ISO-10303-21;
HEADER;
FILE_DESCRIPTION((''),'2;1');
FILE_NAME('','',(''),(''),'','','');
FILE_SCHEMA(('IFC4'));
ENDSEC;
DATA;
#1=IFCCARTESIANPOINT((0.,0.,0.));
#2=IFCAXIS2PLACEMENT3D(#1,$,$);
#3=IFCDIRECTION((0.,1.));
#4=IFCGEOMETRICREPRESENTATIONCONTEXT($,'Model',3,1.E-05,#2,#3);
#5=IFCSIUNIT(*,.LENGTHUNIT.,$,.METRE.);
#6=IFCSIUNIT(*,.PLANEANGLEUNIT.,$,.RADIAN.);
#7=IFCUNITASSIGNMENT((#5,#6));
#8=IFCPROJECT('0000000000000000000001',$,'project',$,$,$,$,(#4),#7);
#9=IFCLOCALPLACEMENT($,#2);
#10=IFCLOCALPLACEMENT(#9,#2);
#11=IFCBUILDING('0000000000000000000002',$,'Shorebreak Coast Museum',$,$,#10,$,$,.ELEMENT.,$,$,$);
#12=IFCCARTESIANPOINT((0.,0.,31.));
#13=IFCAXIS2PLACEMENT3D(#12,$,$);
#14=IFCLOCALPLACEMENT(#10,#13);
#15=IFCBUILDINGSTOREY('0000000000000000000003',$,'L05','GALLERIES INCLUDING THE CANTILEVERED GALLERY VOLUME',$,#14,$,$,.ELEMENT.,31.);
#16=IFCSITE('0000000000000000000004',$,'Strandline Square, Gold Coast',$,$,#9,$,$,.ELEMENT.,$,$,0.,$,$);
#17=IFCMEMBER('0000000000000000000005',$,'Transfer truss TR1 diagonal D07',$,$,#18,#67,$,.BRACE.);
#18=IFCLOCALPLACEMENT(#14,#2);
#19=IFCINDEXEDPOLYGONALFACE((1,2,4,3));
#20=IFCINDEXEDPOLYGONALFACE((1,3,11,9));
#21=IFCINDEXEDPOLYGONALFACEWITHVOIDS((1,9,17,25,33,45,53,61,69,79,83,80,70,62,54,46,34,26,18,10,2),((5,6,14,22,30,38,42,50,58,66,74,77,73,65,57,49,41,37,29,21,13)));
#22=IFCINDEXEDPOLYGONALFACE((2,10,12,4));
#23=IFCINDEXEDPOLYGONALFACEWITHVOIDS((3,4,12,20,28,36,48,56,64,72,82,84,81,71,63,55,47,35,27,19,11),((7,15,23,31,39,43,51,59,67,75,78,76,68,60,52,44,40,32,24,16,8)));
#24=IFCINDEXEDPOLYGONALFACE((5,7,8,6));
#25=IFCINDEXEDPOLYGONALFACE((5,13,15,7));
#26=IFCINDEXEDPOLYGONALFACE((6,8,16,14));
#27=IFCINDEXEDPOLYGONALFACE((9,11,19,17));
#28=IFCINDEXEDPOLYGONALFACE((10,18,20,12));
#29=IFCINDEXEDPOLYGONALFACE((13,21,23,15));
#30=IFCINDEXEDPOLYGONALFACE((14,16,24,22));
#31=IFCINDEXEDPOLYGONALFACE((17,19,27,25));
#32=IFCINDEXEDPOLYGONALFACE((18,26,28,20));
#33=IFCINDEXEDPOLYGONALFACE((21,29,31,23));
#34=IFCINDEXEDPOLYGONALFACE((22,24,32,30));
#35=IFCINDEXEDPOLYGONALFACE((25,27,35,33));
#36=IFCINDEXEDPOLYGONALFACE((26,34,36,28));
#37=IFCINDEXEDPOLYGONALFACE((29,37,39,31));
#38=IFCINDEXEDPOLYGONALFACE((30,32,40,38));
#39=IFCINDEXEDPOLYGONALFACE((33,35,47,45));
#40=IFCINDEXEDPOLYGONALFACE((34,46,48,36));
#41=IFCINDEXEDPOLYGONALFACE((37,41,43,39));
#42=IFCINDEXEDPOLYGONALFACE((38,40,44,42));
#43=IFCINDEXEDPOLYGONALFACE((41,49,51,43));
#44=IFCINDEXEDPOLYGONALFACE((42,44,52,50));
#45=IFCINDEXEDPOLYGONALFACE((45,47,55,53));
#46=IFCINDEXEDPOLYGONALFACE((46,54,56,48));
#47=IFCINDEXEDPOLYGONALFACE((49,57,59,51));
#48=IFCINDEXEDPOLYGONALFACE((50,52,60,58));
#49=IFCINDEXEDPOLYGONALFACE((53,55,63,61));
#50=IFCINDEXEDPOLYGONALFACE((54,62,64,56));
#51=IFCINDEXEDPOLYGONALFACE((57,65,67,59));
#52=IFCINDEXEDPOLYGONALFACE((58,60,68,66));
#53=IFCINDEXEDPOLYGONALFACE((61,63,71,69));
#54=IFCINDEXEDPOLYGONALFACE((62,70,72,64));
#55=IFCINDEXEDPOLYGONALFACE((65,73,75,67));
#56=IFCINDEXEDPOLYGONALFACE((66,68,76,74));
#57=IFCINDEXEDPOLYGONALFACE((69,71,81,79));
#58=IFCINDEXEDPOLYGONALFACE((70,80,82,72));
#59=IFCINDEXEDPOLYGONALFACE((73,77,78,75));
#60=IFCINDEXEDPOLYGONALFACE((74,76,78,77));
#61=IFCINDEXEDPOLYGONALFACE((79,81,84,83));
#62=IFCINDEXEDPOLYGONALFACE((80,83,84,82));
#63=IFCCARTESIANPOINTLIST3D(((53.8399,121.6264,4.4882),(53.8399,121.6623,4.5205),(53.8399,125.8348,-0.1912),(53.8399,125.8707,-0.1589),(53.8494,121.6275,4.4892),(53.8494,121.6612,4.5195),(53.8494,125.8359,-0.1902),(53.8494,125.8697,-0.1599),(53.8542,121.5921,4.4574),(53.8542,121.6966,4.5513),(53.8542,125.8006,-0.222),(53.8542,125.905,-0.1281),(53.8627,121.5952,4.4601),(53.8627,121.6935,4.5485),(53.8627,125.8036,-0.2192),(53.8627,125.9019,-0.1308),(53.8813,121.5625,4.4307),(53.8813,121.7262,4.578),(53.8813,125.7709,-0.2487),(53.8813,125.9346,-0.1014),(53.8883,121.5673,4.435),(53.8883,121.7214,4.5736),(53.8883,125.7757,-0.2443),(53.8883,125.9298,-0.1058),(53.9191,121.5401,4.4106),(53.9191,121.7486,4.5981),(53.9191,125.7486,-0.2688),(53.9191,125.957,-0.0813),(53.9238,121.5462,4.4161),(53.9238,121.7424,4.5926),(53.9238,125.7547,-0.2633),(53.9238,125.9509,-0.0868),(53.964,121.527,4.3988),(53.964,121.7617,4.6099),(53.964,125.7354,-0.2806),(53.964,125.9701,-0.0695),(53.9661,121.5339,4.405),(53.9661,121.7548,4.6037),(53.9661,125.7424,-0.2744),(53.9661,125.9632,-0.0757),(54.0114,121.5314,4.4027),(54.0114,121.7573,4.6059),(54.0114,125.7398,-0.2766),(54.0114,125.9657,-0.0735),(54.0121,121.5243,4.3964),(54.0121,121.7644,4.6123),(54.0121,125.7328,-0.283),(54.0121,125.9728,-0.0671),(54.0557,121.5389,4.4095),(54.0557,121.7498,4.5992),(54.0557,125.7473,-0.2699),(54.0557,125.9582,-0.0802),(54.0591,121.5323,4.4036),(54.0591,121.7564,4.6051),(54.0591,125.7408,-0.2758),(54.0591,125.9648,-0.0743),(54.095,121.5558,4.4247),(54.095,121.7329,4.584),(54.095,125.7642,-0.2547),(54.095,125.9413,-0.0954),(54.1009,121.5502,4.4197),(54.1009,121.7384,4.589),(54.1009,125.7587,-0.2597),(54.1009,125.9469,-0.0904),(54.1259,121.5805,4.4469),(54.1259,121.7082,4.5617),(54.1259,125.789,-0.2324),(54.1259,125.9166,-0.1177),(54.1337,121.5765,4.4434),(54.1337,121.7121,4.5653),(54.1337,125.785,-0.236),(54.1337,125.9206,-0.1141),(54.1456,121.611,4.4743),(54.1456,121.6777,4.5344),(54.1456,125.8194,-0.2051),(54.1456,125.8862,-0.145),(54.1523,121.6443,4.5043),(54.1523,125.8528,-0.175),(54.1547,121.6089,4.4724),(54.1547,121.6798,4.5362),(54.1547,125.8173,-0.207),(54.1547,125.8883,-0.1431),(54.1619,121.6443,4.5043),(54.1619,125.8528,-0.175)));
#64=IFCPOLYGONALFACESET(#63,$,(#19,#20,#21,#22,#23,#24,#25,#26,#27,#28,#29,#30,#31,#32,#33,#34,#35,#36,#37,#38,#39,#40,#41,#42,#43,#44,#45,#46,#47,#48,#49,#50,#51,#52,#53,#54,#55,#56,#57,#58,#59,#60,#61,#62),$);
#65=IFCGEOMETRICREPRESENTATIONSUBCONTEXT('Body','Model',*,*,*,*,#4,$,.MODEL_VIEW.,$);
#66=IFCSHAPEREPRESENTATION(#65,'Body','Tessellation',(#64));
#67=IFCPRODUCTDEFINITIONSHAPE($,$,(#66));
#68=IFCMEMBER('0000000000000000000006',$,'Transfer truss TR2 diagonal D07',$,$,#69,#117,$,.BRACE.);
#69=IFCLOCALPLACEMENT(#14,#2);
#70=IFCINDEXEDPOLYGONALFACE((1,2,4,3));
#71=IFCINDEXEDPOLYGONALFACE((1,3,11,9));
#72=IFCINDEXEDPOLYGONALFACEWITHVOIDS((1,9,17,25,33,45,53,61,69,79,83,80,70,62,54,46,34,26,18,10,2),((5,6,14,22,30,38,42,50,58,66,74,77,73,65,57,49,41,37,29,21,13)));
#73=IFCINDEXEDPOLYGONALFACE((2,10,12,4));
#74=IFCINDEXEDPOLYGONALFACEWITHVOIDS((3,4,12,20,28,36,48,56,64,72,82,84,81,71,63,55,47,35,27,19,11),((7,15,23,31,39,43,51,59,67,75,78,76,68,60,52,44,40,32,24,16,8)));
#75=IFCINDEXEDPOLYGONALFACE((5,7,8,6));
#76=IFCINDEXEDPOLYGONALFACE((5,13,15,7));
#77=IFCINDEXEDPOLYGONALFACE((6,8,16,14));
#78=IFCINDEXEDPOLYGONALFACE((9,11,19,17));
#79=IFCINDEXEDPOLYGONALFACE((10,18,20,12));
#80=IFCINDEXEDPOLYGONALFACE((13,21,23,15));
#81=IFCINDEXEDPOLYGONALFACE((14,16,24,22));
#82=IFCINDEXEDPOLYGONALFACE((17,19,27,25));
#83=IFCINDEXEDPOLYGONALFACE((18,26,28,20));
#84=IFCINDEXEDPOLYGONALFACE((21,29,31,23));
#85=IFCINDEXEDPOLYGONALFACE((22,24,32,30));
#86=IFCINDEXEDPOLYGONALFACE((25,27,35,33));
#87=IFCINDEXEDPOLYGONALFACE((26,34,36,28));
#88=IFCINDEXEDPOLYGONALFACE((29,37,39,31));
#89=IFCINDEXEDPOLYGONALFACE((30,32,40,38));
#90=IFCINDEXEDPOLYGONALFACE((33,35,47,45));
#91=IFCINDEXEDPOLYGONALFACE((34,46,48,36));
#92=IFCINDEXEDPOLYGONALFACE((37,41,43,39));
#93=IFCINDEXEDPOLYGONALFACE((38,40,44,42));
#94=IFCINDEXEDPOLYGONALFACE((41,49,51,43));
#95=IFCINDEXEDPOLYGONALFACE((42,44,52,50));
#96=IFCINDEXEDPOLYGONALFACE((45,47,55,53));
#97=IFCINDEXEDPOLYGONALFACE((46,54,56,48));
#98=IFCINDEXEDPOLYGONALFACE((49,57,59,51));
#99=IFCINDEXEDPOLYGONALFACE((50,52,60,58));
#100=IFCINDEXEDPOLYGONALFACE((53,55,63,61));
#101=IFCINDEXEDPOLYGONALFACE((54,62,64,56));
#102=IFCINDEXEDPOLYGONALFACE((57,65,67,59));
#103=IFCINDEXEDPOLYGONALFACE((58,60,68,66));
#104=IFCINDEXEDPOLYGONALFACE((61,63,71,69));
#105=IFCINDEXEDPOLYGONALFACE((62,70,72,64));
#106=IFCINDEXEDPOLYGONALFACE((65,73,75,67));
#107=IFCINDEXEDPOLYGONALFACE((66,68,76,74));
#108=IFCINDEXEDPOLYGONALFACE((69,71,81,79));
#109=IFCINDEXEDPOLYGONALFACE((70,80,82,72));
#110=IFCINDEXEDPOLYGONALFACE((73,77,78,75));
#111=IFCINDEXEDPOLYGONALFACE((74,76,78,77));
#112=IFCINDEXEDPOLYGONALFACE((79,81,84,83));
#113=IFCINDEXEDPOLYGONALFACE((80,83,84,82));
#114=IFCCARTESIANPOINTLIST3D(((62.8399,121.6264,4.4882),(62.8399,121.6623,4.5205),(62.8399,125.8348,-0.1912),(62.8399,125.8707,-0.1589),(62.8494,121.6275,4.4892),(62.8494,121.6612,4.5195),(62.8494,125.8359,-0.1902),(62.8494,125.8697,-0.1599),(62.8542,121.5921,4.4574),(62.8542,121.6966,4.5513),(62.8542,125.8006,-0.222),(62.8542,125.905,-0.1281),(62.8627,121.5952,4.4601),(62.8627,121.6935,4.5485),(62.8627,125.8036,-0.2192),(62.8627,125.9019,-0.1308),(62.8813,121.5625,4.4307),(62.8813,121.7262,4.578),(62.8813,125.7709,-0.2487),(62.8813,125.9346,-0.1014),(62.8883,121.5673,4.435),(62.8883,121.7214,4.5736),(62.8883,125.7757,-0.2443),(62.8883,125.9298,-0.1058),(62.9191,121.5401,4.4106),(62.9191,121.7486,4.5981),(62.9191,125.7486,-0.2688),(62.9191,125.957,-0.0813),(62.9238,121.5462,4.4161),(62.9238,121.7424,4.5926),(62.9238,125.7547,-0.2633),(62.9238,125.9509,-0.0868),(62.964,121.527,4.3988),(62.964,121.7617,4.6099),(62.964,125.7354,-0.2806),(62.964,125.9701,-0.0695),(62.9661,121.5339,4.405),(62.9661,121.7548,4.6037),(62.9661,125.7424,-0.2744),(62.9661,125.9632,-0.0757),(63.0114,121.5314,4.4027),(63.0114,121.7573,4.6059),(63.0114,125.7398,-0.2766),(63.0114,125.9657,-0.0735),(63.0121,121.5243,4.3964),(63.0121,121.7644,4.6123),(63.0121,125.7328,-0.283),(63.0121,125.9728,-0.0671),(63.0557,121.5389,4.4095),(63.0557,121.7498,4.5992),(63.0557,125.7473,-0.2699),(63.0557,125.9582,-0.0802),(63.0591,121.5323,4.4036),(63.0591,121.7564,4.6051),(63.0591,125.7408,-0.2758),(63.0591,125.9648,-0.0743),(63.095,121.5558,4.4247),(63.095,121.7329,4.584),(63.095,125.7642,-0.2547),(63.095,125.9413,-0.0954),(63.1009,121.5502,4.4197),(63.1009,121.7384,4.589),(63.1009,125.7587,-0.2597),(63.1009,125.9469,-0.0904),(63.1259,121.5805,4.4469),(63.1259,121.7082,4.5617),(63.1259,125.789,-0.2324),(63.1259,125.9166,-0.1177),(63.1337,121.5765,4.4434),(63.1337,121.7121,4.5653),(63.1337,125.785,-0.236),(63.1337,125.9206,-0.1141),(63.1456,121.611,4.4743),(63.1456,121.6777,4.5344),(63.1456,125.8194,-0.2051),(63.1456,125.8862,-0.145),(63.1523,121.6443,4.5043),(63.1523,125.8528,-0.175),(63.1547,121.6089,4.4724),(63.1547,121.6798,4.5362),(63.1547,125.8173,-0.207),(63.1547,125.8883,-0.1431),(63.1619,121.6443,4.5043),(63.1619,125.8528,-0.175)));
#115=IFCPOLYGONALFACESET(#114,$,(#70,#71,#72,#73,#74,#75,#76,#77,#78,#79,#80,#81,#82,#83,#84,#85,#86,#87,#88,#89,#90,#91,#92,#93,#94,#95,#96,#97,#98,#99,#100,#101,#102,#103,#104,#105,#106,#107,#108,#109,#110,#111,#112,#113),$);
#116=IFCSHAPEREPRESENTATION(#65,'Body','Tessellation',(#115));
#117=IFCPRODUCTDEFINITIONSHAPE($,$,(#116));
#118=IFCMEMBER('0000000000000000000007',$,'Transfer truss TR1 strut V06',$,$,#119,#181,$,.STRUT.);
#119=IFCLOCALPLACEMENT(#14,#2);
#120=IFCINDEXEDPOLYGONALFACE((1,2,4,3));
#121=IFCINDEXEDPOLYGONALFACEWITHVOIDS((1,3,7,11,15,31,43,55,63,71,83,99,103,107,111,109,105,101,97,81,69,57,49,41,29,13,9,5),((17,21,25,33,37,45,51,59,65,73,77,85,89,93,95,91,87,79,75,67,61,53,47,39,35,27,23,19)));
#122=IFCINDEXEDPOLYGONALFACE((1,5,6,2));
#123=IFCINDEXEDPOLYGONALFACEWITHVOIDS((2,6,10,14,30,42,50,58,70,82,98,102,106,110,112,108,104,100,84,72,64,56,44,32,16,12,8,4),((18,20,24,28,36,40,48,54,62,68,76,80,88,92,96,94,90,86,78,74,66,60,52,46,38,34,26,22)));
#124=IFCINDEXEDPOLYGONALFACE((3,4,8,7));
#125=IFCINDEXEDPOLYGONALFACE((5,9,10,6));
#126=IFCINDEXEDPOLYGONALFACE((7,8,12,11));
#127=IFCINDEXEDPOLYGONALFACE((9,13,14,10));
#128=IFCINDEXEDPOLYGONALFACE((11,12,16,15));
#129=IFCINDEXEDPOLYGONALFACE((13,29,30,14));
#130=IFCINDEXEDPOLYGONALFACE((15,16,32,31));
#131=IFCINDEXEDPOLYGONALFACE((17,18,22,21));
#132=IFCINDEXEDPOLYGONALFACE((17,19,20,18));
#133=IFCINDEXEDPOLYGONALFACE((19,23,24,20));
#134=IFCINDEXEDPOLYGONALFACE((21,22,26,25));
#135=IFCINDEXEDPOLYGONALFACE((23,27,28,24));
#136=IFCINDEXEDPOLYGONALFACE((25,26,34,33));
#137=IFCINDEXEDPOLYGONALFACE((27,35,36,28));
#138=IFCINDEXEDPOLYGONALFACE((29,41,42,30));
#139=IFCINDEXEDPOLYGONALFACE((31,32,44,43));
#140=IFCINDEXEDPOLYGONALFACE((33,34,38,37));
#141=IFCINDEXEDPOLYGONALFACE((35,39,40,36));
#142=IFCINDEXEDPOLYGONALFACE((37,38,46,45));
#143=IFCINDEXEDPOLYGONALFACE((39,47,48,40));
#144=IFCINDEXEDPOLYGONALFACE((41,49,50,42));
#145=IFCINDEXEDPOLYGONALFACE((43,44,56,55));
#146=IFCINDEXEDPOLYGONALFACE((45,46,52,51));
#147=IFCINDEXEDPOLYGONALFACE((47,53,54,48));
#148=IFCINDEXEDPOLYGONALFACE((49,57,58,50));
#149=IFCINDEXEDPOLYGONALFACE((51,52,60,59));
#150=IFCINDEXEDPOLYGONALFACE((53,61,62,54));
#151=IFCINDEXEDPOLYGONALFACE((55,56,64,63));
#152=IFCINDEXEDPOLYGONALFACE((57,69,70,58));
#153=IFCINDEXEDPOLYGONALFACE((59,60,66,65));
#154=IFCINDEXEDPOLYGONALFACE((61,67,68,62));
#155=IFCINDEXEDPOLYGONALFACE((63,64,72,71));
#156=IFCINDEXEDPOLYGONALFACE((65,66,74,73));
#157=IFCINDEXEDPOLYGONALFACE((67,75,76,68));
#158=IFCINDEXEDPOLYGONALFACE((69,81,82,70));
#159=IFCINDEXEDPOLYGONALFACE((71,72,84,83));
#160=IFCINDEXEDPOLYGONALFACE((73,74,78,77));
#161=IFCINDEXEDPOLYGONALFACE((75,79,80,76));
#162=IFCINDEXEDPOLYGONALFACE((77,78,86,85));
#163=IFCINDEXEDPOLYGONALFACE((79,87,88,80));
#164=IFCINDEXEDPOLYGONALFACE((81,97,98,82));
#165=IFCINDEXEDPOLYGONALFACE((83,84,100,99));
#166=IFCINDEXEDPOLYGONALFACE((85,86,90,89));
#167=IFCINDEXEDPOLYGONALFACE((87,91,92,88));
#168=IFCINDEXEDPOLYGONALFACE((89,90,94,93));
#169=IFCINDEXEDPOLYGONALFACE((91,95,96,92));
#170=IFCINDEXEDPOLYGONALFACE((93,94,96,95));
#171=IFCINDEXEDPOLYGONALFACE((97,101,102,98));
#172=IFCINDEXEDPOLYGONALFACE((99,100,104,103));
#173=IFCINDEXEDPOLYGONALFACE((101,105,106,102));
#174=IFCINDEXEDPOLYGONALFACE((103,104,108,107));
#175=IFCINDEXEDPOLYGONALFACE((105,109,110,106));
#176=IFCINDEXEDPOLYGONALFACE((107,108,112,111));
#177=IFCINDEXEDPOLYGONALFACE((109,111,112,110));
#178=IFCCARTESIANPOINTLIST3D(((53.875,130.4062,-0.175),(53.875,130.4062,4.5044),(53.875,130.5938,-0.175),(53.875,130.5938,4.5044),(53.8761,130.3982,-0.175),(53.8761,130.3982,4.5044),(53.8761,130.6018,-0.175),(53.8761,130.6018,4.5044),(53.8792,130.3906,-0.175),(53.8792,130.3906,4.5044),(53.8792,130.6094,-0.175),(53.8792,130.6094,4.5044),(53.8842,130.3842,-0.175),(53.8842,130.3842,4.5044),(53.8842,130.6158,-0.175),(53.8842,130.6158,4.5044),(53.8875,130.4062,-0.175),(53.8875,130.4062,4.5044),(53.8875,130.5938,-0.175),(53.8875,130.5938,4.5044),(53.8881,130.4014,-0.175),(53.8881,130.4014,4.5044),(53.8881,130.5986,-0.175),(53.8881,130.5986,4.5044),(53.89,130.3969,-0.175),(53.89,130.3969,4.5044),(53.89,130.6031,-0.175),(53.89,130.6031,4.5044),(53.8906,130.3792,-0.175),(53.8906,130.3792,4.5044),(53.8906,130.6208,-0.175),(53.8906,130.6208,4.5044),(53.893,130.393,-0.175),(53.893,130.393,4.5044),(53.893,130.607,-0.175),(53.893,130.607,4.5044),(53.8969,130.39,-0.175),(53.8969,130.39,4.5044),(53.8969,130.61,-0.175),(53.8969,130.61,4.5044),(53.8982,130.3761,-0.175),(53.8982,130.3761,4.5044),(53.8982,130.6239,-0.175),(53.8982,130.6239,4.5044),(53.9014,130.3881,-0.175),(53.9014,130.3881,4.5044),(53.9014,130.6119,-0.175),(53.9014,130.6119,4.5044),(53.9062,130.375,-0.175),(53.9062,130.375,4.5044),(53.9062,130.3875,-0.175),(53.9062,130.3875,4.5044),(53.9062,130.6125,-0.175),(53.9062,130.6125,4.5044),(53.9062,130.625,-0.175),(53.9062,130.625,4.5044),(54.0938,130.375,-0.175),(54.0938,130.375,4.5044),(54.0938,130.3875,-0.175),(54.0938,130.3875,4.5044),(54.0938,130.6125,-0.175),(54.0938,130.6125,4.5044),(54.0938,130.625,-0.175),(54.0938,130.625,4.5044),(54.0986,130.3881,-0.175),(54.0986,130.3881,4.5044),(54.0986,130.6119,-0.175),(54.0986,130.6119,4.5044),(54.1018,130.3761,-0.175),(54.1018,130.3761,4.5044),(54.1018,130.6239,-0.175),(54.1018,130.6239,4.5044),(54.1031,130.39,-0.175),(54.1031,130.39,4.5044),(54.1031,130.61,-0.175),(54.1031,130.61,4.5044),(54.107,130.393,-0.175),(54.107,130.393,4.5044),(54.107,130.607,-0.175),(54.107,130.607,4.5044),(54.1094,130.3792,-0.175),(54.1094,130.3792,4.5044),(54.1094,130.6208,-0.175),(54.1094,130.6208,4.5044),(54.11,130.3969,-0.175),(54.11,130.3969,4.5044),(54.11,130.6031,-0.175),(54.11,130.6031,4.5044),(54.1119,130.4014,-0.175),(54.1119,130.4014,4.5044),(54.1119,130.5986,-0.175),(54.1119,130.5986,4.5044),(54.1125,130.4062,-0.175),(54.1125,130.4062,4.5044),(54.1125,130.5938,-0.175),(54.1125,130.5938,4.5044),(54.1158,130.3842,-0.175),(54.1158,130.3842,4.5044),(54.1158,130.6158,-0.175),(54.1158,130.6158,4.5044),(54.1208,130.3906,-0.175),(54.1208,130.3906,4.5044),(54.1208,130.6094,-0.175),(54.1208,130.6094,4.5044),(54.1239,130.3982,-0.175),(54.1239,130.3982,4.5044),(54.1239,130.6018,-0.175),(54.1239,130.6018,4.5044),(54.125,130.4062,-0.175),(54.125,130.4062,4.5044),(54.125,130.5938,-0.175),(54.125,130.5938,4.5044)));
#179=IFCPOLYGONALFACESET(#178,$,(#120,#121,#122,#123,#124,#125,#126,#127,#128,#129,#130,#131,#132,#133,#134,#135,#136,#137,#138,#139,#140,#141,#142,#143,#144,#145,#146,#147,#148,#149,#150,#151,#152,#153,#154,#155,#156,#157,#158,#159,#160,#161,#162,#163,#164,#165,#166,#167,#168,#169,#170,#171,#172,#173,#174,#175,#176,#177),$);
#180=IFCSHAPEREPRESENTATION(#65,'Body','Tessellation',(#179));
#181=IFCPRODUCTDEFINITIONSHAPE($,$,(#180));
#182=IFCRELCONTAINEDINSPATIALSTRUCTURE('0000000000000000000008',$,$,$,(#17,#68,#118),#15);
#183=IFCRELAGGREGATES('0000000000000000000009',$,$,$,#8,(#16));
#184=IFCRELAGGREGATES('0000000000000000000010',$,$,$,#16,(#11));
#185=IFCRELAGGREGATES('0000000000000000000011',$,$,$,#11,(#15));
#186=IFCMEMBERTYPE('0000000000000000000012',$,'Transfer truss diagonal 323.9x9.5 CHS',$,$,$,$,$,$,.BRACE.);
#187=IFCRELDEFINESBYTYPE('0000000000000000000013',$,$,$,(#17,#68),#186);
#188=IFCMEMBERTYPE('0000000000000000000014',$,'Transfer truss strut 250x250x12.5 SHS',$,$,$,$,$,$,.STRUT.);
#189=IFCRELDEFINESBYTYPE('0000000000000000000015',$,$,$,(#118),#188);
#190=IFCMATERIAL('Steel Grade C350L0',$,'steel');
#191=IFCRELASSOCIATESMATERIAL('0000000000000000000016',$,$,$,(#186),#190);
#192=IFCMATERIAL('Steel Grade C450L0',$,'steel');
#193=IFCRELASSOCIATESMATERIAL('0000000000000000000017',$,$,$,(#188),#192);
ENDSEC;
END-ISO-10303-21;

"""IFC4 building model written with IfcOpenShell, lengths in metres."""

from ifc_helpers import new_model, si_unit, direction, frame, origin, origin_2d, place, context, subcontext, project, spatial, hollow_rectangle, hollow_circle, extrude, material, material_profile, profile_set, type_object, element, save


model = new_model("IFC4")

# Units and contexts
model_context = context("Model", 3, precision=1e-05, world=origin(), true_north=direction((0.0, 1.0)))
body_context = subcontext(model_context, "Body", "Model", "MODEL_VIEW")
ifc_project = project(units=[si_unit("LENGTHUNIT", "METRE"), si_unit("PLANEANGLEUNIT", "RADIAN")], contexts=[model_context])

# Site, building, storey
site_placement = place(None, origin())
site = spatial("IfcSite", under=ifc_project, at=site_placement, Name="Strandline Square, Gold Coast", CompositionType="ELEMENT", RefElevation=0.0)
building_placement = place(site_placement, origin())
building = spatial("IfcBuilding", under=site, at=building_placement, Name="Shorebreak Coast Museum", CompositionType="ELEMENT")
storey_placement = place(building_placement, frame((0.0, 0.0, 31.0)))
storey = spatial("IfcBuildingStorey", under=building, at=storey_placement, Name="L05", Description="GALLERIES INCLUDING THE CANTILEVERED GALLERY VOLUME", CompositionType="ELEMENT", Elevation=31.0)

# Members
ifc_material_1 = material(Name="Steel Grade C350L0", Category="steel")
ifc_material_profile_1 = material_profile(ifc_material_1, hollow_circle(Radius=0.1619, WallThickness=0.0095, at=origin_2d()), Name="323.9x9.5 CHS")
ifc_profile_set_1 = profile_set([ifc_material_profile_1], Name="Steel Grade C350L0")
member_type_1 = type_object("IfcMemberType", Name="Transfer truss diagonal 323.9x9.5 CHS", PredefinedType="BRACE", material=ifc_profile_set_1)
for number, where, z_axis, x_axis, name in (
    (1, (54.0, 125.8528, -0.175), (0.0, -0.668701, 0.743531), (1.0, 0.0, 0.0), "Transfer truss TR1 diagonal D07"),
    (2, (63.0, 125.8528, -0.175), (0.0, -0.668701, 0.743531), (1.0, 0.0, 0.0), "Transfer truss TR2 diagonal D07"),
):
    element("IfcMember", number, at=place(storey_placement, frame(where, z_axis=z_axis, x_axis=x_axis)), inside=storey, type_object=member_type_1, Name=name, PredefinedType="BRACE", context=body_context, shape_type="SweptSolid", body=[
        extrude(hollow_circle(Radius=0.1619, WallThickness=0.0095, at=origin_2d()), origin(), (0.0, 0.0, 1.0), 6.2935),
    ])
ifc_material_2 = material(Name="Steel Grade C450L0", Category="steel")
ifc_material_profile_2 = material_profile(ifc_material_2, hollow_rectangle(XDim=0.25, YDim=0.25, WallThickness=0.0125, InnerFilletRadius=0.0188, OuterFilletRadius=0.0312, at=origin_2d()), Name="250x250x12.5 SHS")
ifc_profile_set_2 = profile_set([ifc_material_profile_2], Name="Steel Grade C450L0")
member_type_2 = type_object("IfcMemberType", Name="Transfer truss strut 250x250x12.5 SHS", PredefinedType="STRUT", material=ifc_profile_set_2)
for number, where, z_axis, x_axis, name in (
    (3, (54.0, 130.5, -0.175), (0.0, 0.0, 1.0), (1.0, 0.0, 0.0), "Transfer truss TR1 strut V06"),
):
    element("IfcMember", number, at=place(storey_placement, frame(where, z_axis=z_axis, x_axis=x_axis)), inside=storey, type_object=member_type_2, Name=name, PredefinedType="STRUT", context=body_context, shape_type="SweptSolid", body=[
        extrude(hollow_rectangle(XDim=0.25, YDim=0.25, WallThickness=0.0125, InnerFilletRadius=0.0188, OuterFilletRadius=0.0312, at=origin_2d()), origin(), (0.0, 0.0, 1.0), 4.6794),
    ])

save(model, "model.ifc")
